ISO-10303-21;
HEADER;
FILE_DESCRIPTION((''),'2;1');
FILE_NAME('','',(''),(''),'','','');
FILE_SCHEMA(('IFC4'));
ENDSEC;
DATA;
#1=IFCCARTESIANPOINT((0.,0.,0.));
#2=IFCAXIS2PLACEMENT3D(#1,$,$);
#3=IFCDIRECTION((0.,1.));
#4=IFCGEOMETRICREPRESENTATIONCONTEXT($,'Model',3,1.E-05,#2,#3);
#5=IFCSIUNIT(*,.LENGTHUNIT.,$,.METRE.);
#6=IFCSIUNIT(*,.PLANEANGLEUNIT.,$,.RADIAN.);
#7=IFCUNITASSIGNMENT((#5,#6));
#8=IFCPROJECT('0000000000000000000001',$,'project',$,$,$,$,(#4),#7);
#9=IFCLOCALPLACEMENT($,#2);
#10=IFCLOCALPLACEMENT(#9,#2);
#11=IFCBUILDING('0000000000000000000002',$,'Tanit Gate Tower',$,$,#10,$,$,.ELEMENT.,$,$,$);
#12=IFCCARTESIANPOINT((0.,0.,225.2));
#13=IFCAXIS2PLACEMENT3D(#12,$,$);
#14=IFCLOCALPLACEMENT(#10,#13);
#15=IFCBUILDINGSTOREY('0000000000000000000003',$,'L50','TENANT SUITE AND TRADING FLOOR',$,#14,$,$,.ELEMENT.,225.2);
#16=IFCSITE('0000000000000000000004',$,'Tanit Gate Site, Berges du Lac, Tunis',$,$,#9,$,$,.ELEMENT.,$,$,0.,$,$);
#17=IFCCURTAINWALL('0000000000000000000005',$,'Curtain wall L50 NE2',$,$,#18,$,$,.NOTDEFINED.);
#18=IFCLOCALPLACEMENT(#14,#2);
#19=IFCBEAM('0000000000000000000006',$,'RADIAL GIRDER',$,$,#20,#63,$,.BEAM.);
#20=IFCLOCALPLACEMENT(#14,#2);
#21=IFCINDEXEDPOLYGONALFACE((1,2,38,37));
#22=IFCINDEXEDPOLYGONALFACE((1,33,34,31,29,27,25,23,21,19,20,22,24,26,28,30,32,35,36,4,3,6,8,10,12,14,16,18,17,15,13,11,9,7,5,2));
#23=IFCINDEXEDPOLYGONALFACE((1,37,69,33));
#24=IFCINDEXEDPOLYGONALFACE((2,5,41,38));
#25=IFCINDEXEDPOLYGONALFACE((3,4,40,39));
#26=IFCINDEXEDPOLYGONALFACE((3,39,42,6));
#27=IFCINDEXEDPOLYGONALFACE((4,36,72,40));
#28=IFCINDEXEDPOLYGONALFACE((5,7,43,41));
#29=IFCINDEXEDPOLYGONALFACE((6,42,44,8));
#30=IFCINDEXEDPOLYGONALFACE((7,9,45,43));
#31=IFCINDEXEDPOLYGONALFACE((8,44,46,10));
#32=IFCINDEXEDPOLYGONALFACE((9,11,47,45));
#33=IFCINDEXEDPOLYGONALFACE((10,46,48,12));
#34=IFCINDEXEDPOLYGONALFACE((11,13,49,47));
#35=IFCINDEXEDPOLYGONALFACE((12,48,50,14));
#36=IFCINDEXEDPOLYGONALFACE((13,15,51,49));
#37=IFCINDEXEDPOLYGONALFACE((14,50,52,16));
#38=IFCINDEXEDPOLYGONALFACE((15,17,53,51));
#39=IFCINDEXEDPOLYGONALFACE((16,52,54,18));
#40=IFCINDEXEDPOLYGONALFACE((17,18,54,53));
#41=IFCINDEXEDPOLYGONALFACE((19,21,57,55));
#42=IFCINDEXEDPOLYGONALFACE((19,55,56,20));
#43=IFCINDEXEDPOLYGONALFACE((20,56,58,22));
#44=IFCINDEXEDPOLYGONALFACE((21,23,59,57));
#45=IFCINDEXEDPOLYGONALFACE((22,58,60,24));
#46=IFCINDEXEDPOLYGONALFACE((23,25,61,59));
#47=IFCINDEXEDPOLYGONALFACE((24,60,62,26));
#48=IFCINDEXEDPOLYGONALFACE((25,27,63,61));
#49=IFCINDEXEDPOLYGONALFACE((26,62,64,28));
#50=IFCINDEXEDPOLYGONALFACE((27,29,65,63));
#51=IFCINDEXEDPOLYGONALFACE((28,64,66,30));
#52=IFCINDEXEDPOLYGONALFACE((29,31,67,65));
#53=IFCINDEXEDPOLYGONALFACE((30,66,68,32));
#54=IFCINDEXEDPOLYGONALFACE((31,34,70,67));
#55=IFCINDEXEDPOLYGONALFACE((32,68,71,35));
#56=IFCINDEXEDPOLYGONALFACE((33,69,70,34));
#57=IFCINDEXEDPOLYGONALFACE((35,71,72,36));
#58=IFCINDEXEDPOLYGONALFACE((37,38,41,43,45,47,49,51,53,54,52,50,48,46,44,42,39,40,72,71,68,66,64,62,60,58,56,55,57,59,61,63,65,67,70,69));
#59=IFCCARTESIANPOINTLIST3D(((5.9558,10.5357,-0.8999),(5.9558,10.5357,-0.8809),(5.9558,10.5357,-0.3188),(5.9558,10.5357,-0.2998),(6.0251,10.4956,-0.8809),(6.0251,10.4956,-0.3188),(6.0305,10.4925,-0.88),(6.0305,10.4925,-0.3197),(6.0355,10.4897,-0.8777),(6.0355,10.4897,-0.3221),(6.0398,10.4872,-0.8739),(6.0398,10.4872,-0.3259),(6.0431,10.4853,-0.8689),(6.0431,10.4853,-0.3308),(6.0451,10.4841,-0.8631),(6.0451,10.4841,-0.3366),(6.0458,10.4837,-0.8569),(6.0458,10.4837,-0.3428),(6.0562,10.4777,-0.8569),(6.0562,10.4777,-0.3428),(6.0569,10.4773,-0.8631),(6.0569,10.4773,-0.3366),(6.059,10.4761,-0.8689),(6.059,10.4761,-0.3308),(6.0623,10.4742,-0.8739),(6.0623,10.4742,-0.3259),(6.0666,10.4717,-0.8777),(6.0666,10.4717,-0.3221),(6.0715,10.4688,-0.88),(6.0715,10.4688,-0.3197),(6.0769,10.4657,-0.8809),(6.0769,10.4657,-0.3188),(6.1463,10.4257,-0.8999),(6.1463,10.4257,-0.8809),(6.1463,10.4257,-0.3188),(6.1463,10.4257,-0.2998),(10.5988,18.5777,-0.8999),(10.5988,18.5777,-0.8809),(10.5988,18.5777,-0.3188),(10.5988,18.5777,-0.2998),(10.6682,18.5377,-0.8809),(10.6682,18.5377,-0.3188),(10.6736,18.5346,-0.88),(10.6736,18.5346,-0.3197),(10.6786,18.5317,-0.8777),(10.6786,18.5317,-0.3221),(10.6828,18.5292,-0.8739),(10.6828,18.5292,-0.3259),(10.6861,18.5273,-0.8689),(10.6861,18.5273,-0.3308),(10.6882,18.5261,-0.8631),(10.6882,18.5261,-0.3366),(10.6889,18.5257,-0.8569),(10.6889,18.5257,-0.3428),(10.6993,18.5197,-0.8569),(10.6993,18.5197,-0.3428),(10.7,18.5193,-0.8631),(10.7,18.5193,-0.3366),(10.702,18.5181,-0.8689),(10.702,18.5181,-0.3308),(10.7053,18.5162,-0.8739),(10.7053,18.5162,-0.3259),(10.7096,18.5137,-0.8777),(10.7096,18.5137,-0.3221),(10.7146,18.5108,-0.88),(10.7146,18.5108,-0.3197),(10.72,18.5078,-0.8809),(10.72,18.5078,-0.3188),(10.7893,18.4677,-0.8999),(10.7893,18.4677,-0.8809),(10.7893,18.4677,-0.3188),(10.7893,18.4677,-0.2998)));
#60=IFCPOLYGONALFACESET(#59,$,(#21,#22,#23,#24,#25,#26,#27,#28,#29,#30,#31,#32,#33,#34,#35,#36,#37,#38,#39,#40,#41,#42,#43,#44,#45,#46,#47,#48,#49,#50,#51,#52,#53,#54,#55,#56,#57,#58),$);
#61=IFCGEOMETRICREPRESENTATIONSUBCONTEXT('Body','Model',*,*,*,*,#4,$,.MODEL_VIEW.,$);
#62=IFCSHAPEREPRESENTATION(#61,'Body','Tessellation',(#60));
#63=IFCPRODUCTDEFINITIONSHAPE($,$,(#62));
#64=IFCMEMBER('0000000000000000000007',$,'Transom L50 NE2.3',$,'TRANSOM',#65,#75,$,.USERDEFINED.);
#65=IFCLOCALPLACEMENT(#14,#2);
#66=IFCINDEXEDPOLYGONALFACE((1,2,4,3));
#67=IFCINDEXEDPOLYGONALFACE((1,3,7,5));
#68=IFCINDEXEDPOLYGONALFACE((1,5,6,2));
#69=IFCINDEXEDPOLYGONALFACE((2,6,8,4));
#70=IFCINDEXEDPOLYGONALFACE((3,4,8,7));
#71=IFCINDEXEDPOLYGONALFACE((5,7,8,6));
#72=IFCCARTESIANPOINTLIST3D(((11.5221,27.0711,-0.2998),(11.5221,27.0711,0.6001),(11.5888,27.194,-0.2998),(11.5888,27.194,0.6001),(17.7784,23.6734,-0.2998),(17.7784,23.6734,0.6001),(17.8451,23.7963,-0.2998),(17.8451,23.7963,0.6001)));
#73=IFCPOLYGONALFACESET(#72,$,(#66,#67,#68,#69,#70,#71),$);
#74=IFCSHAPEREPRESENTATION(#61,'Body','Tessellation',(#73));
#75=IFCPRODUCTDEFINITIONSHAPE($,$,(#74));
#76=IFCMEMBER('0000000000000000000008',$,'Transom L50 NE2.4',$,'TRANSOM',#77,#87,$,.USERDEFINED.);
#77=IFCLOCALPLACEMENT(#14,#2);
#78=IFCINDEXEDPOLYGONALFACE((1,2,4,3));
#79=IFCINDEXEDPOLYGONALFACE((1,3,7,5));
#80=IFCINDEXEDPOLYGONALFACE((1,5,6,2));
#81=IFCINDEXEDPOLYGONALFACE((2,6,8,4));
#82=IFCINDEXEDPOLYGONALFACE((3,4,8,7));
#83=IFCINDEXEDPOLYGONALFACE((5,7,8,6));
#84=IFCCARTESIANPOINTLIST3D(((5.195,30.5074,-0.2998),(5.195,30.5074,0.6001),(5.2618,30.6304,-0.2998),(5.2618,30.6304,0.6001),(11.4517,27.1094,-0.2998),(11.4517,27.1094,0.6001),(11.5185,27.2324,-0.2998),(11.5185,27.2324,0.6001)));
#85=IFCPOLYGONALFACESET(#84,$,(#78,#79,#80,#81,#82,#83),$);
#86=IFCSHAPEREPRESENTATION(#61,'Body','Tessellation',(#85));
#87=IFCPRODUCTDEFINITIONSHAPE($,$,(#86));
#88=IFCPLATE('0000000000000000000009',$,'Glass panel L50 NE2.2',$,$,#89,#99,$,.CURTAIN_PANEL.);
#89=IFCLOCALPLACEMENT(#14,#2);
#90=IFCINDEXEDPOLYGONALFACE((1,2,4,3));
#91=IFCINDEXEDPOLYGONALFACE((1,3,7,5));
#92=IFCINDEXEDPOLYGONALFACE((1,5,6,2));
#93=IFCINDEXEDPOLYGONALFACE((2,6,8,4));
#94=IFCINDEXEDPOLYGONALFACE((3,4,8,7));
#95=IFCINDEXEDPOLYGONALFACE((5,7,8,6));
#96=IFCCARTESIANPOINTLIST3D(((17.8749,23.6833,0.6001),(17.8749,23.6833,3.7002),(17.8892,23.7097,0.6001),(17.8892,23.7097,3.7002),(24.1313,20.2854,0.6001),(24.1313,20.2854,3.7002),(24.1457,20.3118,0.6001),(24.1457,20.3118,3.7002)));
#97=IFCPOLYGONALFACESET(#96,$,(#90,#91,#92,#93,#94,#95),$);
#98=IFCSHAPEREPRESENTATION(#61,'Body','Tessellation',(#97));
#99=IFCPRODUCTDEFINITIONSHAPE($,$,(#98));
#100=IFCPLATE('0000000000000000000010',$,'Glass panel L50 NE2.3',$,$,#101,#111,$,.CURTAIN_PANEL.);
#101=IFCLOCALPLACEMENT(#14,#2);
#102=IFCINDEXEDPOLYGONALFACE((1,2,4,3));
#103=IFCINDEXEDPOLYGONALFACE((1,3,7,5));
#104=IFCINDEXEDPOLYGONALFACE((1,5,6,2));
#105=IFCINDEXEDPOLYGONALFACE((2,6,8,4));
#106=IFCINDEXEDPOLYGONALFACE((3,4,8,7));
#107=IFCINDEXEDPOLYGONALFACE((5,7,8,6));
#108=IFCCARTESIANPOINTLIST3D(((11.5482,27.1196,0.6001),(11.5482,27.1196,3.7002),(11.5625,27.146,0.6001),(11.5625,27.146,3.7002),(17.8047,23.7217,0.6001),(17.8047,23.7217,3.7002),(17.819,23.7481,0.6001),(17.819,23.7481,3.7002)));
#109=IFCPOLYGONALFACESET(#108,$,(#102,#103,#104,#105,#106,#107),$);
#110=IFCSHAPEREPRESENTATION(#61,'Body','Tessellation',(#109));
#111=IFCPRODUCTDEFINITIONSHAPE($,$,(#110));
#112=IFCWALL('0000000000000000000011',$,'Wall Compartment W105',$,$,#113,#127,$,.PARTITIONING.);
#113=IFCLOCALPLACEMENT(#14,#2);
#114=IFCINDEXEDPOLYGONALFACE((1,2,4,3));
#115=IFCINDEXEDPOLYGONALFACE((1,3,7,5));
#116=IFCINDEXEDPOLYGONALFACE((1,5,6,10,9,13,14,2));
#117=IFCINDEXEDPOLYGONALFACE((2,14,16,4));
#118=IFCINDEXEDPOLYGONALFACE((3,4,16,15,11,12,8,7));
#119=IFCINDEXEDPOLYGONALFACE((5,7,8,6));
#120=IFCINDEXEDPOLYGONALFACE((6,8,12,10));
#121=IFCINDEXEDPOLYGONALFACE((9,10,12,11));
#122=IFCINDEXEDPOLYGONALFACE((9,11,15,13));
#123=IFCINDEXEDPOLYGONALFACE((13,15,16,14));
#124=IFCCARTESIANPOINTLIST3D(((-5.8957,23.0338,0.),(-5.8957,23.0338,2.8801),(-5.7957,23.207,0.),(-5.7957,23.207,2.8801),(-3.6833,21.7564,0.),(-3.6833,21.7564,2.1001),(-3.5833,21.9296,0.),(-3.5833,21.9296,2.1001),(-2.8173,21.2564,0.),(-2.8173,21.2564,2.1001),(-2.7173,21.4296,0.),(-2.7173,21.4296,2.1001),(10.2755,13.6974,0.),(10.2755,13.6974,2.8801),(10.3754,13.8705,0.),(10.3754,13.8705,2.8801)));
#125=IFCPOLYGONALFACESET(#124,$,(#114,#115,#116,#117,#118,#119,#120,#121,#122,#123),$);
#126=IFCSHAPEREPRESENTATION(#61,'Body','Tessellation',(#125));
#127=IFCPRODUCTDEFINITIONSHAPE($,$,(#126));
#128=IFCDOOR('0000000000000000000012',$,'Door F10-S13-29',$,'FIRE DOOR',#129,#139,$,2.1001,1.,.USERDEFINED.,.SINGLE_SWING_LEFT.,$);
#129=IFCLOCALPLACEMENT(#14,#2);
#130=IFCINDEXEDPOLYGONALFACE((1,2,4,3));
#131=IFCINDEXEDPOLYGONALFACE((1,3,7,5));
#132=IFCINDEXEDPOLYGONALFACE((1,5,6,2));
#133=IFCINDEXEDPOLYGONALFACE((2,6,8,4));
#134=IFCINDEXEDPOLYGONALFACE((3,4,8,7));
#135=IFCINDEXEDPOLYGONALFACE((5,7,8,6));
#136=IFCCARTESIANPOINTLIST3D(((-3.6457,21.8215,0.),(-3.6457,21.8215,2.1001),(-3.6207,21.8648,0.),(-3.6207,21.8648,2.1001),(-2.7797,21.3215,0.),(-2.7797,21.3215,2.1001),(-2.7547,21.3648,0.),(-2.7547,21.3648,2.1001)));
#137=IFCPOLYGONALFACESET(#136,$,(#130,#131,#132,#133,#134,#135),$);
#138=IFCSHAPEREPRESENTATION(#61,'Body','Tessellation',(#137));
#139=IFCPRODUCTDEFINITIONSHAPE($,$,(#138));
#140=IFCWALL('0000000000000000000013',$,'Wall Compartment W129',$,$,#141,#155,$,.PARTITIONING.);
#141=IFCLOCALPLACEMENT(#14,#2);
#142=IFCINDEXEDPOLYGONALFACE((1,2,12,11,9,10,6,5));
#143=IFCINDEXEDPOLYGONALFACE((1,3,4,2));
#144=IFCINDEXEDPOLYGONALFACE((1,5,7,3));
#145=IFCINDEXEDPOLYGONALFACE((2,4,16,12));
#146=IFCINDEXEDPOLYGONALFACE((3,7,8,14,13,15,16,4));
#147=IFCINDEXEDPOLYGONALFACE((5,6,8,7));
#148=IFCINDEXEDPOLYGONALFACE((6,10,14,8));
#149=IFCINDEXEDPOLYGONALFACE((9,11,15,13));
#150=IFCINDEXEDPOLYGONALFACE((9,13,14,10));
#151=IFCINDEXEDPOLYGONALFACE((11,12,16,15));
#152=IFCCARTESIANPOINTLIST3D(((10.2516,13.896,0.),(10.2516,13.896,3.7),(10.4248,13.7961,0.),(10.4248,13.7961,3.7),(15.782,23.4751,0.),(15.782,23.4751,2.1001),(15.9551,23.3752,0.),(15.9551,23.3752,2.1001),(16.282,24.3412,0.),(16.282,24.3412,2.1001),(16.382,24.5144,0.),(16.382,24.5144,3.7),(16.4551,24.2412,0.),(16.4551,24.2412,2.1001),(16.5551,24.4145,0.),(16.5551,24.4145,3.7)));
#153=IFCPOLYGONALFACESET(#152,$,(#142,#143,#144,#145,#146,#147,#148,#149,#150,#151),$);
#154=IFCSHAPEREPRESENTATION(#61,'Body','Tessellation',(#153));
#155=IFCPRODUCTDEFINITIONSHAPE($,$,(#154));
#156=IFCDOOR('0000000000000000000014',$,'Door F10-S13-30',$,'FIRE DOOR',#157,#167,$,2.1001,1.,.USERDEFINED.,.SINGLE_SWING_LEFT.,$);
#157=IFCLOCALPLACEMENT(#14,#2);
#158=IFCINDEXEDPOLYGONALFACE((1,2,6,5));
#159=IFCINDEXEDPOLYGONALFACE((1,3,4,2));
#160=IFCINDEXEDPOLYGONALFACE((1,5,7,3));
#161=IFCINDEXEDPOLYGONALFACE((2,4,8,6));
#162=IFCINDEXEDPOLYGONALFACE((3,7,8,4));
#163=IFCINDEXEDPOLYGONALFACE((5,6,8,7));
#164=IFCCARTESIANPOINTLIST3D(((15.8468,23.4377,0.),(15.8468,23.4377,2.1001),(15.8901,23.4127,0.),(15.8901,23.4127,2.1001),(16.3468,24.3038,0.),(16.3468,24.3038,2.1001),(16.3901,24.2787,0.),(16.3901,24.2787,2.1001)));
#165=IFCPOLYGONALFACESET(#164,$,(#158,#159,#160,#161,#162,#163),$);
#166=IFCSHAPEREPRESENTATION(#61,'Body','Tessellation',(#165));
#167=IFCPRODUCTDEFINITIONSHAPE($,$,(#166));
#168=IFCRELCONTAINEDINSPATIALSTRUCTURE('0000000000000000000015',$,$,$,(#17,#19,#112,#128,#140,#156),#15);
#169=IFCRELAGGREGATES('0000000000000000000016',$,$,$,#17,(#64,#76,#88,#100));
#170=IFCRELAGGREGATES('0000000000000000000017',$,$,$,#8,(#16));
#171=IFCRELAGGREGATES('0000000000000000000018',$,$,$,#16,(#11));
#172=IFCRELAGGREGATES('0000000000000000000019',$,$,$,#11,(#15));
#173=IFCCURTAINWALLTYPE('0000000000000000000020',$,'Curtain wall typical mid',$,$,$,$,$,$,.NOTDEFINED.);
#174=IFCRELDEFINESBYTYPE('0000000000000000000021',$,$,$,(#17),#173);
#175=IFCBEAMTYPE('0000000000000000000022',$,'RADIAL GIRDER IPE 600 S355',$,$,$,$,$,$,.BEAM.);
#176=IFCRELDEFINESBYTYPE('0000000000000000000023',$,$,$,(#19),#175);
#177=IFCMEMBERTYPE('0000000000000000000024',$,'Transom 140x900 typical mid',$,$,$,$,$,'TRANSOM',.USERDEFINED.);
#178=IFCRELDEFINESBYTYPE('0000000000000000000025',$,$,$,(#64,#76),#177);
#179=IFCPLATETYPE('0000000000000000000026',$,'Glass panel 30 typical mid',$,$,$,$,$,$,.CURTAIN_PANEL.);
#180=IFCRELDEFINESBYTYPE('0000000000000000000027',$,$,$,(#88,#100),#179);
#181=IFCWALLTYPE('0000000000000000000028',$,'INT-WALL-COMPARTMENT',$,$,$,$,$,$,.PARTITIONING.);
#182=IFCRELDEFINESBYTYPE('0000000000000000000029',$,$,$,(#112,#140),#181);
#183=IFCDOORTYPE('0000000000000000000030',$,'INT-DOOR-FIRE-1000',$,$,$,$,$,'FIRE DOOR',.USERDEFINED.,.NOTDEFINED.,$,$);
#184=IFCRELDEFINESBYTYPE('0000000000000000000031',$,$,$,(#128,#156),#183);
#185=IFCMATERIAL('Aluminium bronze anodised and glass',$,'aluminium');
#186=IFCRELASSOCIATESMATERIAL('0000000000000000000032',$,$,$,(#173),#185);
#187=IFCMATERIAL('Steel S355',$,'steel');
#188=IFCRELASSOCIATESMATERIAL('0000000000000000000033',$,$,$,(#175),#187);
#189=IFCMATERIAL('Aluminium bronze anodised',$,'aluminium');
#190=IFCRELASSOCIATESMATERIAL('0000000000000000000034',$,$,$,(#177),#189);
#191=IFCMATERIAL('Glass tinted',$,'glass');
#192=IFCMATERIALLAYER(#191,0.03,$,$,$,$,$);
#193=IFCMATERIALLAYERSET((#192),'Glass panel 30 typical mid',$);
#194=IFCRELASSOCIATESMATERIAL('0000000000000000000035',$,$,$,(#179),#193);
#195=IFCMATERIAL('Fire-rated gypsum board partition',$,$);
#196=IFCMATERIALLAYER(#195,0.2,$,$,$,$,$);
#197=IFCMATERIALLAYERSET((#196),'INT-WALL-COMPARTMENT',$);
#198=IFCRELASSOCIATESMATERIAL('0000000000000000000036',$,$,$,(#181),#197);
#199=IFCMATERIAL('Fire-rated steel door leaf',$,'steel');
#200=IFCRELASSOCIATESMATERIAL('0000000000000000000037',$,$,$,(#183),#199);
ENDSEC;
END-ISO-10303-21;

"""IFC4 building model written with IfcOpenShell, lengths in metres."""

from ifc_helpers import new_model, si_unit, direction, frame, frame_2d, origin, origin_2d, place, context, subcontext, project, spatial, rectangle, i_section, extrude, material, layer, layer_set, material_profile, profile_set, type_object, element, fill, aggregate, save


model = new_model("IFC4")

# Units and contexts
model_context = context("Model", 3, precision=1e-05, world=origin(), true_north=direction((0.0, 1.0)))
body_context = subcontext(model_context, "Body", "Model", "MODEL_VIEW")
ifc_project = project(units=[si_unit("LENGTHUNIT", "METRE"), si_unit("PLANEANGLEUNIT", "RADIAN")], contexts=[model_context])

# Site, building, storey
site_placement = place(None, origin())
site = spatial("IfcSite", under=ifc_project, at=site_placement, Name="Tanit Gate Site, Berges du Lac, Tunis", CompositionType="ELEMENT", RefElevation=0.0)
building_placement = place(site_placement, origin())
building = spatial("IfcBuilding", under=site, at=building_placement, Name="Tanit Gate Tower", CompositionType="ELEMENT")
storey_placement = place(building_placement, frame((0.0, 0.0, 225.2)))
storey = spatial("IfcBuildingStorey", under=building, at=storey_placement, Name="L50", Description="TENANT SUITE AND TRADING FLOOR", CompositionType="ELEMENT", Elevation=225.2)

# Curtain wall
ifc_material_1 = material(Name="Aluminium bronze anodised and glass", Category="aluminium")
curtain_wall_type = type_object("IfcCurtainWallType", Name="Curtain wall typical mid", PredefinedType="NOTDEFINED", material=ifc_material_1)
curtain_wall_placement = place(storey_placement, origin())
curtain_wall = element("IfcCurtainWall", 1, at=curtain_wall_placement, inside=storey, type_object=curtain_wall_type, Name="Curtain wall L50 NE2", PredefinedType="NOTDEFINED")

# Beam
ifc_material_2 = material(Name="Steel S355", Category="steel")
ifc_material_profile_1 = material_profile(ifc_material_2, i_section(OverallWidth=0.22, OverallDepth=0.6001, WebThickness=0.012, FlangeThickness=0.019, FilletRadius=0.0239, at=origin_2d()), Name="IPE 600")
ifc_profile_set_1 = profile_set([ifc_material_profile_1], Name="Steel S355")
beam_type_1 = type_object("IfcBeamType", Name="RADIAL GIRDER IPE 600 S355", PredefinedType="BEAM", material=ifc_profile_set_1)
beam_1_placement = place(storey_placement, frame((10.6941, 18.5227, -0.5999), z_axis=(-0.500002, -0.866024, 0.0), x_axis=(0.866024, -0.500002, 0.0)))
element("IfcBeam", 2, at=beam_1_placement, inside=storey, type_object=beam_type_1, Name="RADIAL GIRDER", PredefinedType="BEAM", context=body_context, shape_type="SweptSolid", body=[
    extrude(i_section(OverallWidth=0.22, OverallDepth=0.6001, WebThickness=0.012, FlangeThickness=0.019, FilletRadius=0.0239, at=origin_2d()), origin(), (0.0, 0.0, 1.0), 9.2861),
])

# Members
ifc_material_3 = material(Name="Aluminium bronze anodised", Category="aluminium")
ifc_material_profile_2 = material_profile(ifc_material_3, rectangle(XDim=0.1399, YDim=0.8999, at=origin_2d()), Name="140x900 bronze transom")
ifc_profile_set_2 = profile_set([ifc_material_profile_2], Name="Aluminium bronze anodised")
member_type_1 = type_object("IfcMemberType", Name="Transom 140x900 typical mid", ElementType="TRANSOM", PredefinedType="USERDEFINED", material=ifc_profile_set_2)
member_1_placement = place(storey_placement, frame((17.8118, 23.7349, 0.1501), z_axis=(-0.878771, 0.477244, 0.0), x_axis=(-0.477244, -0.878771, 0.0)))
member_1 = element("IfcMember", 3, at=member_1_placement, type_object=member_type_1, Name="Transom L50 NE2.3", ObjectType="TRANSOM", PredefinedType="USERDEFINED", context=body_context, shape_type="SweptSolid", body=[
    extrude(rectangle(XDim=0.1399, YDim=0.8999, at=origin_2d()), origin(), (0.0, 0.0, 1.0), 7.1194),
])
member_2_placement = place(storey_placement, frame((11.4851, 27.1709, 0.1501), z_axis=(-0.878764, 0.477256, 0.0), x_axis=(-0.477256, -0.878764, 0.0)))
member_2 = element("IfcMember", 4, at=member_2_placement, type_object=member_type_1, Name="Transom L50 NE2.4", ObjectType="TRANSOM", PredefinedType="USERDEFINED", context=body_context, shape_type="SweptSolid", body=[
    extrude(rectangle(XDim=0.1399, YDim=0.8999, at=origin_2d()), origin(), (0.0, 0.0, 1.0), 7.1199),
])

# Plates
ifc_material_4 = material(Name="Glass tinted", Category="glass")
ifc_layer_1 = layer(ifc_material_4, 0.03)
ifc_layer_set_1 = layer_set([ifc_layer_1], Name="Glass panel 30 typical mid")
plate_type = type_object("IfcPlateType", Name="Glass panel 30 typical mid", PredefinedType="CURTAIN_PANEL", material=ifc_layer_set_1)
plate_1_placement = place(storey_placement, frame((21.0103, 21.9976, 0.6001), z_axis=(0.0, 0.0, 1.0), x_axis=(-0.878762, 0.477259, 0.0)))
plate_1 = element("IfcPlate", 5, at=plate_1_placement, type_object=plate_type, Name="Glass panel L50 NE2.2", PredefinedType="CURTAIN_PANEL", context=body_context, shape_type="SweptSolid", body=[
    extrude(rectangle(XDim=7.1196, YDim=0.03, at=origin_2d()), origin(), (0.0, 0.0, 1.0), 3.1001),
])
plate_2_placement = place(storey_placement, frame((14.6836, 25.4338, 0.6001), z_axis=(0.0, 0.0, 1.0), x_axis=(-0.878762, 0.477259, 0.0)))
plate_2 = element("IfcPlate", 6, at=plate_2_placement, type_object=plate_type, Name="Glass panel L50 NE2.3", PredefinedType="CURTAIN_PANEL", context=body_context, shape_type="SweptSolid", body=[
    extrude(rectangle(XDim=7.1196, YDim=0.03, at=origin_2d()), origin(), (0.0, 0.0, 1.0), 3.1001),
])
aggregate(curtain_wall, [member_1, member_2, plate_1, plate_2])

# Walls, openings, doors
ifc_material_5 = material(Name="Fire-rated gypsum board partition")
ifc_layer_2 = layer(ifc_material_5, 0.2)
ifc_layer_set_2 = layer_set([ifc_layer_2], Name="INT-WALL-COMPARTMENT")
wall_type_1 = type_object("IfcWallType", Name="INT-WALL-COMPARTMENT", PredefinedType="PARTITIONING", material=ifc_layer_set_2)
wall_1_placement = place(storey_placement, frame((10.3254, 13.7839, 0.0), z_axis=(0.0, 0.0, 1.0), x_axis=(-0.866025, 0.5, 0.0)))
wall_1 = element("IfcWall", 7, at=wall_1_placement, inside=storey, type_object=wall_type_1, Name="Wall Compartment W105", PredefinedType="PARTITIONING", context=body_context, shape_type="SweptSolid", body=[
    extrude(rectangle(XDim=18.6729, YDim=0.2, at=frame_2d((9.3364, 0.0))), origin(), (0.0, 0.0, 1.0), 2.8801),
])
opening_1_placement = place(wall_1_placement, frame((15.1182, 0.0, 0.0)))
opening_1 = element("IfcOpeningElement", 8, at=opening_1_placement, cuts=wall_1, PredefinedType="OPENING", context=body_context, shape_type="SweptSolid", body=[
    extrude(rectangle(XDim=1.0, YDim=2.1001, at=frame_2d((0.5, 1.05))), frame((0.0, 0.1099, 0.0), z_axis=(0.0, -1.0, 0.0), x_axis=(1.0, 0.0, 0.0)), (0.0, 0.0, 1.0), 0.22),
])
ifc_material_6 = material(Name="Fire-rated steel door leaf", Category="steel")
door_type_1 = type_object("IfcDoorType", Name="INT-DOOR-FIRE-1000", ElementType="FIRE DOOR", OperationType="NOTDEFINED", PredefinedType="USERDEFINED", material=ifc_material_6)
door_1_placement = place(opening_1_placement, origin())
door_1 = element("IfcDoor", 9, at=door_1_placement, inside=storey, type_object=door_type_1, Name="Door F10-S13-29", ObjectType="FIRE DOOR", OperationType="SINGLE_SWING_LEFT", OverallHeight=2.1001, OverallWidth=1.0, PredefinedType="USERDEFINED", context=body_context, shape_type="SweptSolid", body=[
    extrude(rectangle(XDim=1.0, YDim=2.1001, at=frame_2d((0.5, 1.05))), frame((0.0, 0.0249, 0.0), z_axis=(0.0, -1.0, 0.0), x_axis=(1.0, 0.0, 0.0)), (0.0, 0.0, 1.0), 0.05),
])
fill(opening_1, door_1)
wall_2_placement = place(storey_placement, frame((16.4685, 24.4644, 0.0), z_axis=(0.0, 0.0, 1.0), x_axis=(-0.49999, -0.866031, 0.0)))
wall_2 = element("IfcWall", 10, at=wall_2_placement, inside=storey, type_object=wall_type_1, Name="Wall Compartment W129", PredefinedType="PARTITIONING", context=body_context, shape_type="SweptSolid", body=[
    extrude(rectangle(XDim=12.261, YDim=0.2, at=frame_2d((6.1304, 0.0))), origin(), (0.0, 0.0, 1.0), 3.7),
])
opening_2_placement = place(wall_2_placement, frame((0.2, 0.0, 0.0)))
opening_2 = element("IfcOpeningElement", 11, at=opening_2_placement, cuts=wall_2, PredefinedType="OPENING", context=body_context, shape_type="SweptSolid", body=[
    extrude(rectangle(XDim=1.0, YDim=2.1001, at=frame_2d((0.5, 1.05))), frame((0.0, 0.1099, 0.0), z_axis=(0.0, -1.0, 0.0), x_axis=(1.0, 0.0, 0.0)), (0.0, 0.0, 1.0), 0.22),
])
door_2_placement = place(opening_2_placement, origin())
door_2 = element("IfcDoor", 12, at=door_2_placement, inside=storey, type_object=door_type_1, Name="Door F10-S13-30", ObjectType="FIRE DOOR", OperationType="SINGLE_SWING_LEFT", OverallHeight=2.1001, OverallWidth=1.0, PredefinedType="USERDEFINED", context=body_context, shape_type="SweptSolid", body=[
    extrude(rectangle(XDim=1.0, YDim=2.1001, at=frame_2d((0.5, 1.05))), frame((0.0, 0.0249, 0.0), z_axis=(0.0, -1.0, 0.0), x_axis=(1.0, 0.0, 0.0)), (0.0, 0.0, 1.0), 0.05),
])
fill(opening_2, door_2)

save(model, "model.ifc")
